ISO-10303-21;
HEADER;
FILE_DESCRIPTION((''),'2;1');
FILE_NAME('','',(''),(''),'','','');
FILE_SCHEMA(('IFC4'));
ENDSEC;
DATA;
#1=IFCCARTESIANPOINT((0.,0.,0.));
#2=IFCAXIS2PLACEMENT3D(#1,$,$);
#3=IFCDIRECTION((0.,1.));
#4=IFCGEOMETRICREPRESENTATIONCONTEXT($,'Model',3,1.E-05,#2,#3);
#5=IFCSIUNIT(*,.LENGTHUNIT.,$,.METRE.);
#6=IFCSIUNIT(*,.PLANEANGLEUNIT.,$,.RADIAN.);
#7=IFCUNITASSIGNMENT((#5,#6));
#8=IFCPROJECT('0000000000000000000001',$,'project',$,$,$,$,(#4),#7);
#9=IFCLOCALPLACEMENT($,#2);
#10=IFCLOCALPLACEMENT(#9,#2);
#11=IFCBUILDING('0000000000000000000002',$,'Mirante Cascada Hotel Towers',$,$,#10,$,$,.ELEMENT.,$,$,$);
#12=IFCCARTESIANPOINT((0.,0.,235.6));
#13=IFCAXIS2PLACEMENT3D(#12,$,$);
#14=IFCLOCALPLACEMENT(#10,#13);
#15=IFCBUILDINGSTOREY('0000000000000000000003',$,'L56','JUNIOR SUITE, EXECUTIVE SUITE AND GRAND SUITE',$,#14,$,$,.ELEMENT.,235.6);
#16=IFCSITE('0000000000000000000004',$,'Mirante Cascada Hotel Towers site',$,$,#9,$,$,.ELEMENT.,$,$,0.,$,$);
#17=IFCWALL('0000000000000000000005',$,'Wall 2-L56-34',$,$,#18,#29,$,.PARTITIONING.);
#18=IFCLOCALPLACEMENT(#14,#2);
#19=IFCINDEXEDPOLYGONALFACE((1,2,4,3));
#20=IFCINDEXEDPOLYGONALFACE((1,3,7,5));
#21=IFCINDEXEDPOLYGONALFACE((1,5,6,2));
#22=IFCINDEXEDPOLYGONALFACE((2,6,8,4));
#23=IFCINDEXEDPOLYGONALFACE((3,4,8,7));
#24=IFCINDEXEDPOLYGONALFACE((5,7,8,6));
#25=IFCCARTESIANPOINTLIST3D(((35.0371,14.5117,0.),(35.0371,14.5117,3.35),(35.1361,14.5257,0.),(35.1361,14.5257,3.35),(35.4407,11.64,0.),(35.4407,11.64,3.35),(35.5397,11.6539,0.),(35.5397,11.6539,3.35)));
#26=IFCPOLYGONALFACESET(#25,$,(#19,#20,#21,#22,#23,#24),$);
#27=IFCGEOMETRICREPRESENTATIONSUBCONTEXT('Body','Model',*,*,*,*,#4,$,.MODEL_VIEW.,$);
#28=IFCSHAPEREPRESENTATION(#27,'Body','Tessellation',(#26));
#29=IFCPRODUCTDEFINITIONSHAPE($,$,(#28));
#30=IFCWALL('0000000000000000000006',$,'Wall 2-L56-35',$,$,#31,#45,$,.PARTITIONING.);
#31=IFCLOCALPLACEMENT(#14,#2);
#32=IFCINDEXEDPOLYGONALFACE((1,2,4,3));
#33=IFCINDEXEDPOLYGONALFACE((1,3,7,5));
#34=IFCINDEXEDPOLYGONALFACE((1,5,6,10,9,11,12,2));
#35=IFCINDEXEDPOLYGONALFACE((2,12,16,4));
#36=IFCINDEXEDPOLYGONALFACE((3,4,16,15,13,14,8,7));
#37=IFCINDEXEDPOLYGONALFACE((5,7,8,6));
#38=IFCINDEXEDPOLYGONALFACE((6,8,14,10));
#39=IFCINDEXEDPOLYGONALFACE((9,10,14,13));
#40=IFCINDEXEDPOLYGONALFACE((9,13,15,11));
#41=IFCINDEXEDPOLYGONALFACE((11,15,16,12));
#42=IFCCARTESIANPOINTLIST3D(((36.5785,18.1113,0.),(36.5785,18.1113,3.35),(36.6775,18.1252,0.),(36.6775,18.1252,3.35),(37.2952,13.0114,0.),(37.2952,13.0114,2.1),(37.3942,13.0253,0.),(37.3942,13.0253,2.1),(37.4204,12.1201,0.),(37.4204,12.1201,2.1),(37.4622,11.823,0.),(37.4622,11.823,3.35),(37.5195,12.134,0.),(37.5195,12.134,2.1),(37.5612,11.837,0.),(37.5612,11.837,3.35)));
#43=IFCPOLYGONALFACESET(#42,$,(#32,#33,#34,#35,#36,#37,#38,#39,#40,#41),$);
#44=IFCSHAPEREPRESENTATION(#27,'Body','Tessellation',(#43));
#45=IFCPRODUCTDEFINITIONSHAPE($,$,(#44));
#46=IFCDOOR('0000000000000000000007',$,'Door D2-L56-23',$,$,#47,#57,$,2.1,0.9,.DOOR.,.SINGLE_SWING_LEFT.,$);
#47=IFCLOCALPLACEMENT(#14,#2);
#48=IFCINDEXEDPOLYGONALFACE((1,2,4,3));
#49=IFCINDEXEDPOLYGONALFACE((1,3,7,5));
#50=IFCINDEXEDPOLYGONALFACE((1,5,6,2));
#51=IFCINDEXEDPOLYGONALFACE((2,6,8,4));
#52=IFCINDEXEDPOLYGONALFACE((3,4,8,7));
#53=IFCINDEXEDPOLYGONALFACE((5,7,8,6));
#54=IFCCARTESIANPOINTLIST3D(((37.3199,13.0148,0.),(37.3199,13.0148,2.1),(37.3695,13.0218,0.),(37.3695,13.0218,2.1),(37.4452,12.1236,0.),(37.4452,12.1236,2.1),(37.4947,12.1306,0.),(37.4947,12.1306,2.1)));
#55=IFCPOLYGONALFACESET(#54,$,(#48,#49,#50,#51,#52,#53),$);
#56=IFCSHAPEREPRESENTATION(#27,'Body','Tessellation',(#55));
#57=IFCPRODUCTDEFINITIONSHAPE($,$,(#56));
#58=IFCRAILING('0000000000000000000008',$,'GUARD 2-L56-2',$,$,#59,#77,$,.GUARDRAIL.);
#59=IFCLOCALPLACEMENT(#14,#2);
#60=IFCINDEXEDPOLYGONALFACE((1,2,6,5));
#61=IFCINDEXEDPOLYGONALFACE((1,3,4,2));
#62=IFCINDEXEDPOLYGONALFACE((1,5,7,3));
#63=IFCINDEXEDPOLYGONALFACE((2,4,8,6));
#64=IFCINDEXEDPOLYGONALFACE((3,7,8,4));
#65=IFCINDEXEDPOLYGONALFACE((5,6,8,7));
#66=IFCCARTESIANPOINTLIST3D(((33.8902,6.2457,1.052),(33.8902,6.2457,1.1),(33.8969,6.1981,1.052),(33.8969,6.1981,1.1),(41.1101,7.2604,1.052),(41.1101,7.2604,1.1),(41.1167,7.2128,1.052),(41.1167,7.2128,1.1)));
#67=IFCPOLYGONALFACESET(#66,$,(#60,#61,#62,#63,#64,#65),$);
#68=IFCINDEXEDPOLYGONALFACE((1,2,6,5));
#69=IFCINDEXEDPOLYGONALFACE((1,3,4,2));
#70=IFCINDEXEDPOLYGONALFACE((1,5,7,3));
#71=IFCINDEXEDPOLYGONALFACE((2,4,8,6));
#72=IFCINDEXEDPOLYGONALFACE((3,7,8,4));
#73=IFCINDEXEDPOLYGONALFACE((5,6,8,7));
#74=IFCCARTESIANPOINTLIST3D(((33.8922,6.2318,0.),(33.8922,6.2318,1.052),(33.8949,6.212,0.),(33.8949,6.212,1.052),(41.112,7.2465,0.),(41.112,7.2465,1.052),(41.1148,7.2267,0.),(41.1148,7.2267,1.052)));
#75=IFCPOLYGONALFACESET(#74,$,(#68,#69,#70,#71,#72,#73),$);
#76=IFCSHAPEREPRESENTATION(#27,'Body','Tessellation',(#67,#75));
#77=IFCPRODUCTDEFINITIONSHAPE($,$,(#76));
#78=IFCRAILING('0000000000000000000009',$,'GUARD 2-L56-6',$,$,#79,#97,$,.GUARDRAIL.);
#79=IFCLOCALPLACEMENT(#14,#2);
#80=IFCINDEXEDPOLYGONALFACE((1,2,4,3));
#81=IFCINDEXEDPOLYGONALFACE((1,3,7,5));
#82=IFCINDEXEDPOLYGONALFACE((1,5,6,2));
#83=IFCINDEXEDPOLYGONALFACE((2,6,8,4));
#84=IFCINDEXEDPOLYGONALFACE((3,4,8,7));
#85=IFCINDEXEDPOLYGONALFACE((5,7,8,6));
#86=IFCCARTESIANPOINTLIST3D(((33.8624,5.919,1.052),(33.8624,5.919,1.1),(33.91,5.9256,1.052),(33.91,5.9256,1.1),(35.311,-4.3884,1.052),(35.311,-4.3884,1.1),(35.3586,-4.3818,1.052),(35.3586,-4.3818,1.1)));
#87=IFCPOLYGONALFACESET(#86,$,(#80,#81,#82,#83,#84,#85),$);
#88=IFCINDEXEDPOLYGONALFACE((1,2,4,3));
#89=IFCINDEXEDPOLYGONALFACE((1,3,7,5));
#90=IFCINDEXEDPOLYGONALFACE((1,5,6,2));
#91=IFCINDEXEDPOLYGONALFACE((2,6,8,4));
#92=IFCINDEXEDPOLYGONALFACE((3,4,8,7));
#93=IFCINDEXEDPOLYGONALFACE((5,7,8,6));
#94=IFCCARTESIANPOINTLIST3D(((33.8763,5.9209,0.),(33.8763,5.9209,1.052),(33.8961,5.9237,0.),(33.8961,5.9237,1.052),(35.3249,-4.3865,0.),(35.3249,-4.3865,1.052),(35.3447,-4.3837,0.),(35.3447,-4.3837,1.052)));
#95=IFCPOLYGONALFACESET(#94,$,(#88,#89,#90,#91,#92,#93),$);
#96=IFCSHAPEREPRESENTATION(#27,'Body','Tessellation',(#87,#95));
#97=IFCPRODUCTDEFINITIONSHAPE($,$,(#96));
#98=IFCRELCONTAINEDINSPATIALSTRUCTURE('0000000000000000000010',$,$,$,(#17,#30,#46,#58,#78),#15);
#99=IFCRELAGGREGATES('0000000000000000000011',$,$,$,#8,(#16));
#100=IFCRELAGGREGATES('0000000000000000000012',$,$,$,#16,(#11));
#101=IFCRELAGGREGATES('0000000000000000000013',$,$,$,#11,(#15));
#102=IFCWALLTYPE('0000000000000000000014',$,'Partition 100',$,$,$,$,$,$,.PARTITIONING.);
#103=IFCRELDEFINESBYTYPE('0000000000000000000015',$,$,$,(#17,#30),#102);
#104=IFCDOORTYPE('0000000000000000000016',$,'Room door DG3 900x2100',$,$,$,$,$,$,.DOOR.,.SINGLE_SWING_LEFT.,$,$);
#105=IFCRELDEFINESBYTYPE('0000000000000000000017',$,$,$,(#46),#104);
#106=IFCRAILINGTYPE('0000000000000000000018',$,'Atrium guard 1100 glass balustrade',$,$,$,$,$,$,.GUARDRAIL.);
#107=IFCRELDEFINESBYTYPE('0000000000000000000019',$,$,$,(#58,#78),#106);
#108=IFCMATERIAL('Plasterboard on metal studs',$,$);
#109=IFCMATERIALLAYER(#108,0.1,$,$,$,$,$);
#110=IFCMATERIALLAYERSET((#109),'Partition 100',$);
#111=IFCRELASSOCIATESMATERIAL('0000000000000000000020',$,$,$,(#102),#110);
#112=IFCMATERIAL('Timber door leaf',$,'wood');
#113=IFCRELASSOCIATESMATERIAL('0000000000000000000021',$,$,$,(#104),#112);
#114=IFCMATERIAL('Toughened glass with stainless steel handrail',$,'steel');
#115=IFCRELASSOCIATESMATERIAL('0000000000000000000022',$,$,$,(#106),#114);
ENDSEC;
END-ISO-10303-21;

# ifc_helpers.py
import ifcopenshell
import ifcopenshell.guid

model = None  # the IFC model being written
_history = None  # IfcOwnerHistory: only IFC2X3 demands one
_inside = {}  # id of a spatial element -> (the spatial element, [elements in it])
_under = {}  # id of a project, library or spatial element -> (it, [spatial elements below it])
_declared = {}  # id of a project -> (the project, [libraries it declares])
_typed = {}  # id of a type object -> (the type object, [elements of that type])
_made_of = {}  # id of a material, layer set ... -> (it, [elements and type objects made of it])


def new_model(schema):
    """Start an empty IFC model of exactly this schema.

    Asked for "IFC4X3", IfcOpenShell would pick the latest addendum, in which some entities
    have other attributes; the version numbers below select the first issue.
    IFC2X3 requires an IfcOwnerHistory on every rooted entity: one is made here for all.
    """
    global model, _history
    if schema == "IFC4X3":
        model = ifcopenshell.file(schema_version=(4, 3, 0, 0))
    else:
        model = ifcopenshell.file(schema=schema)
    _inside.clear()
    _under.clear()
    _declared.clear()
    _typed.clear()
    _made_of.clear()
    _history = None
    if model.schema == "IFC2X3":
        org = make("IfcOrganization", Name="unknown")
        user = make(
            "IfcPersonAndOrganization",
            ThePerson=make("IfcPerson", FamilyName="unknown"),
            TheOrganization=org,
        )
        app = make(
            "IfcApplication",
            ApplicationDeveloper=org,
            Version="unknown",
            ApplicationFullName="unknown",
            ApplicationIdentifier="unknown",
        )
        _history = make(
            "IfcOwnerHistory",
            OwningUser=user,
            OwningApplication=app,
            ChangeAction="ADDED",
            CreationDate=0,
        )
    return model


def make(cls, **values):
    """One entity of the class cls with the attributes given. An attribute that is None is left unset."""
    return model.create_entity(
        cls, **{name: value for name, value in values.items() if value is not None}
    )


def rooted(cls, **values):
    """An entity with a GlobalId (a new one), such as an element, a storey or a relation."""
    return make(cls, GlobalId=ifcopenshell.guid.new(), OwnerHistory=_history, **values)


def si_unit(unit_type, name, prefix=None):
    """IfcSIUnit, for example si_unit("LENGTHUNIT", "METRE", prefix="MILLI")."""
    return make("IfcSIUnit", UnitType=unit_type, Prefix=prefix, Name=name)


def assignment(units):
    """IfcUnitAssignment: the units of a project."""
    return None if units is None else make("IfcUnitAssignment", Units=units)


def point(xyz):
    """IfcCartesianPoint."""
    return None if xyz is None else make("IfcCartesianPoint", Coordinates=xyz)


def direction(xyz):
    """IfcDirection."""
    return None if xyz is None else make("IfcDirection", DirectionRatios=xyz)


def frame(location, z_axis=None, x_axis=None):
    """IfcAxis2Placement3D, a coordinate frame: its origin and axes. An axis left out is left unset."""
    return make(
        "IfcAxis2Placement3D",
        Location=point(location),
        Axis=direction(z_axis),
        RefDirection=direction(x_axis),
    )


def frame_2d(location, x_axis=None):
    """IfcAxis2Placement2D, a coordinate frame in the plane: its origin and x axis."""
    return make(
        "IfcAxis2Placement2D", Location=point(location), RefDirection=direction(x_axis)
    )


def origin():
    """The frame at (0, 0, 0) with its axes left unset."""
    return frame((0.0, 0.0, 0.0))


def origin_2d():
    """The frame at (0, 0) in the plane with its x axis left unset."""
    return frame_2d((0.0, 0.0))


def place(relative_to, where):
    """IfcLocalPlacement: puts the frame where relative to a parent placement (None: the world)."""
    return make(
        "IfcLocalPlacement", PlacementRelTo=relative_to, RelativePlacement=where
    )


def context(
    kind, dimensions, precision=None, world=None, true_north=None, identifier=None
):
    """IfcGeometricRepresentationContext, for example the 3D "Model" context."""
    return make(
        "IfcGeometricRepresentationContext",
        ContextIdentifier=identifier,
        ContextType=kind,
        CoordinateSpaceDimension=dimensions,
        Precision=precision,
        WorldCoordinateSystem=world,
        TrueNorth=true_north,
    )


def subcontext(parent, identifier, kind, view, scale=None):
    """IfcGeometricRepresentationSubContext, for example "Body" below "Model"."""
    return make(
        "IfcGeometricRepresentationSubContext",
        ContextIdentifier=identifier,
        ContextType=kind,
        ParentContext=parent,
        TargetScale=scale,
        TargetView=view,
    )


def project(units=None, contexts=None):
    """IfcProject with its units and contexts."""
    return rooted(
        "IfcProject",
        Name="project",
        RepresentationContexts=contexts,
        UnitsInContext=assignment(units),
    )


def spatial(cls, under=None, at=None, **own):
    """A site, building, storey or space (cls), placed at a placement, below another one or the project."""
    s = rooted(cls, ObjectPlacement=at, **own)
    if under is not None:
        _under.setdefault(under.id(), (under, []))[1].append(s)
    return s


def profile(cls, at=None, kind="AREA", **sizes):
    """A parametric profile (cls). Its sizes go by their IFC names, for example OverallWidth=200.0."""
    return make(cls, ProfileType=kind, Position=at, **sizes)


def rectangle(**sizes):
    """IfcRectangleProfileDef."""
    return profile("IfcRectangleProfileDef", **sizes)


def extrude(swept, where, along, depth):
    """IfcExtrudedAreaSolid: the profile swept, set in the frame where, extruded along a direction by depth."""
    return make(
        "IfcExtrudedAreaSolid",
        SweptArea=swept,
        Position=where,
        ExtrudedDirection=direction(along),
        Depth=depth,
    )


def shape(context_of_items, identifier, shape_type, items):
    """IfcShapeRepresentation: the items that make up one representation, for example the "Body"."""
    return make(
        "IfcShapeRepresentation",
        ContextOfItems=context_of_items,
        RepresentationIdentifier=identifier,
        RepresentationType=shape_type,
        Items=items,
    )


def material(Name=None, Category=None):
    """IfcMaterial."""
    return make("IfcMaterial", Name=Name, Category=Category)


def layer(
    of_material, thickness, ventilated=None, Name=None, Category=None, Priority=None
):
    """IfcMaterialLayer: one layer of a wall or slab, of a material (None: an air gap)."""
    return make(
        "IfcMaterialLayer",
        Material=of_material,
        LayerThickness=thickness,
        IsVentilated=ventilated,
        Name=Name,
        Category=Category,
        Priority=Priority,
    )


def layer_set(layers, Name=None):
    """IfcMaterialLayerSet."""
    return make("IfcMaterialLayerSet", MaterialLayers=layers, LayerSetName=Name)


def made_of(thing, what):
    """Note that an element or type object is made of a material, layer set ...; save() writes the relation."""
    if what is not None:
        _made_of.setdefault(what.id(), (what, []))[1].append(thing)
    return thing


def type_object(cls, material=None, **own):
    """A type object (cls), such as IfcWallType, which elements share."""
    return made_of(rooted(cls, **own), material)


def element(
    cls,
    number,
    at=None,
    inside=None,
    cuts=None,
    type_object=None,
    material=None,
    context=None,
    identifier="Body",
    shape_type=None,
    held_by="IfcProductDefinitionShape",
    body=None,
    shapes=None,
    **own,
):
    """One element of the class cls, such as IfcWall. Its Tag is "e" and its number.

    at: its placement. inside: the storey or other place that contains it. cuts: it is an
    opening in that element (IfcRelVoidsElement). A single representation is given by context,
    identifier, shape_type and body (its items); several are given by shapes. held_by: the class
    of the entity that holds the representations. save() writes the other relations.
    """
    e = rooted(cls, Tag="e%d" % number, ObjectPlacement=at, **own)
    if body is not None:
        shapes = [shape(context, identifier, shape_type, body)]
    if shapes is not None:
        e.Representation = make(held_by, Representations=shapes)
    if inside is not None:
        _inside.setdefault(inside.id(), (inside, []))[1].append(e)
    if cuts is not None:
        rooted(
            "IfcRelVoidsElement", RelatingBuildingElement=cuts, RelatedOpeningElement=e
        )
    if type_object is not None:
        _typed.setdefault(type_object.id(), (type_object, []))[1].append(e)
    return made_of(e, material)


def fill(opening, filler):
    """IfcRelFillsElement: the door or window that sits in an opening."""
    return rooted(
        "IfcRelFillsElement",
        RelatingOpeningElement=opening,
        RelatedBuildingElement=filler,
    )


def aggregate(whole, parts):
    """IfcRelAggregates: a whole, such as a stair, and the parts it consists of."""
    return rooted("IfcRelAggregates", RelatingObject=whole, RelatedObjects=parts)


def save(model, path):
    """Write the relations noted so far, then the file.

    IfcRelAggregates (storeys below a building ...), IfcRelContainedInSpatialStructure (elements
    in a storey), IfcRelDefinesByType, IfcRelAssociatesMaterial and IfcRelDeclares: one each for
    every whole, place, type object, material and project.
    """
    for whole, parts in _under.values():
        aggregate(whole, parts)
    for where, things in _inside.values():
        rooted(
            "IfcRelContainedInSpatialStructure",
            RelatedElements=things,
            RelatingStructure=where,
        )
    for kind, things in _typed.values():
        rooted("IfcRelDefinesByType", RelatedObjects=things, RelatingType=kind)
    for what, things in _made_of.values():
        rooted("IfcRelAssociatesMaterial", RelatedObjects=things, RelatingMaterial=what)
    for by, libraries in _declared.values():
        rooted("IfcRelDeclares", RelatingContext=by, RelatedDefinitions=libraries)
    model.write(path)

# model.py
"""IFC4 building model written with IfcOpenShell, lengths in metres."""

from ifc_helpers import new_model, si_unit, direction, frame, frame_2d, origin, origin_2d, place, context, subcontext, project, spatial, rectangle, extrude, material, layer, layer_set, type_object, element, fill, save


model = new_model("IFC4")

# Units and contexts
model_context = context("Model", 3, precision=1e-05, world=origin(), true_north=direction((0.0, 1.0)))
body_context = subcontext(model_context, "Body", "Model", "MODEL_VIEW")
ifc_project = project(units=[si_unit("LENGTHUNIT", "METRE"), si_unit("PLANEANGLEUNIT", "RADIAN")], contexts=[model_context])

# Site, building, storey
site_placement = place(None, origin())
site = spatial("IfcSite", under=ifc_project, at=site_placement, Name="Mirante Cascada Hotel Towers site", CompositionType="ELEMENT", RefElevation=0.0)
building_placement = place(site_placement, origin())
building = spatial("IfcBuilding", under=site, at=building_placement, Name="Mirante Cascada Hotel Towers", CompositionType="ELEMENT")
storey_placement = place(building_placement, frame((0.0, 0.0, 235.6)))
storey = spatial("IfcBuildingStorey", under=building, at=storey_placement, Name="L56", Description="JUNIOR SUITE, EXECUTIVE SUITE AND GRAND SUITE", CompositionType="ELEMENT", Elevation=235.6)

# Shared definitions
ifc_material_1 = material(Name="Plasterboard on metal studs")
ifc_layer_1 = layer(ifc_material_1, 0.1)
ifc_layer_set_1 = layer_set([ifc_layer_1], Name="Partition 100")
wall_type_1 = type_object("IfcWallType", Name="Partition 100", PredefinedType="PARTITIONING", material=ifc_layer_set_1)

# Shared definitions
ifc_material_2 = material(Name="Timber door leaf", Category="wood")
door_type_1 = type_object("IfcDoorType", Name="Room door DG3 900x2100", OperationType="SINGLE_SWING_LEFT", PredefinedType="DOOR", material=ifc_material_2)

# Wall
wall_1_placement = place(storey_placement, frame((35.0866, 14.5187, 0.0), z_axis=(0.0, 0.0, 1.0), x_axis=(0.139171, -0.990268, 0.0)))
element("IfcWall", 1, at=wall_1_placement, inside=storey, type_object=wall_type_1, Name="Wall 2-L56-34", PredefinedType="PARTITIONING", context=body_context, shape_type="SweptSolid", body=[
    extrude(rectangle(XDim=2.9, YDim=0.1, at=frame_2d((1.45, 0.0))), origin(), (0.0, 0.0, 1.0), 3.35),
])

# Wall, opening, door
wall_2_placement = place(storey_placement, frame((37.5117, 11.83, 0.0), z_axis=(0.0, 0.0, 1.0), x_axis=(-0.139166, 0.990269, 0.0)))
wall_2 = element("IfcWall", 2, at=wall_2_placement, inside=storey, type_object=wall_type_1, Name="Wall 2-L56-35", PredefinedType="PARTITIONING", context=body_context, shape_type="SweptSolid", body=[
    extrude(rectangle(XDim=6.35, YDim=0.1, at=frame_2d((3.175, 0.0))), origin(), (0.0, 0.0, 1.0), 3.35),
])
opening_1_placement = place(wall_2_placement, frame((0.3, 0.0, 0.0)))
opening_1 = element("IfcOpeningElement", 3, at=opening_1_placement, cuts=wall_2, PredefinedType="OPENING", context=body_context, shape_type="SweptSolid", body=[
    extrude(rectangle(XDim=0.9, YDim=2.1, at=frame_2d((0.45, 1.05))), frame((0.0, 0.05, 0.0), z_axis=(0.0, -1.0, 0.0), x_axis=(1.0, 0.0, 0.0)), (0.0, 0.0, 1.0), 0.1),
])
door_1_placement = place(opening_1_placement, origin())
door_1 = element("IfcDoor", 4, at=door_1_placement, inside=storey, type_object=door_type_1, Name="Door D2-L56-23", OperationType="SINGLE_SWING_LEFT", OverallHeight=2.1, OverallWidth=0.9, PredefinedType="DOOR", context=body_context, shape_type="SweptSolid", body=[
    extrude(rectangle(XDim=0.9, YDim=2.1, at=frame_2d((0.45, 1.05))), frame((0.0, 0.025, 0.0), z_axis=(0.0, -1.0, 0.0), x_axis=(1.0, 0.0, 0.0)), (0.0, 0.0, 1.0), 0.05),
])
fill(opening_1, door_1)

# Railings
ifc_material_3 = material(Name="Toughened glass with stainless steel handrail", Category="steel")
railing_type = type_object("IfcRailingType", Name="Atrium guard 1100 glass balustrade", PredefinedType="GUARDRAIL", material=ifc_material_3)
railing_1_placement = place(storey_placement, frame((41.1134, 7.2366, 0.0)))
element("IfcRailing", 5, at=railing_1_placement, inside=storey, type_object=railing_type, Name="GUARD 2-L56-2", PredefinedType="GUARDRAIL", context=body_context, shape_type="SweptSolid", body=[
    extrude(rectangle(XDim=0.048, YDim=0.048, at=origin_2d()), frame((0.0, 0.0, 1.076), z_axis=(-0.990268, -0.139176, 0.0), x_axis=(0.139176, -0.990268, 0.0)), (0.0, 0.0, 1.0), 7.2908),
    extrude(rectangle(XDim=0.02, YDim=1.052, at=origin_2d()), frame((0.0, 0.0, 0.526), z_axis=(-0.990268, -0.139176, 0.0), x_axis=(0.139176, -0.990268, 0.0)), (0.0, 0.0, 1.0), 7.2908),
])
railing_2_placement = place(storey_placement, frame((33.8862, 5.9223, 0.0)))
element("IfcRailing", 6, at=railing_2_placement, inside=storey, type_object=railing_type, Name="GUARD 2-L56-6", PredefinedType="GUARDRAIL", context=body_context, shape_type="SweptSolid", body=[
    extrude(rectangle(XDim=0.048, YDim=0.048, at=origin_2d()), frame((0.0, 0.0, 1.076), z_axis=(0.139172, -0.990268, 0.0), x_axis=(0.990268, 0.139172, 0.0)), (0.0, 0.0, 1.0), 10.4087),
    extrude(rectangle(XDim=0.02, YDim=1.052, at=origin_2d()), frame((0.0, 0.0, 0.526), z_axis=(0.139172, -0.990268, 0.0), x_axis=(0.990268, 0.139172, 0.0)), (0.0, 0.0, 1.0), 10.4087),
])

save(model, "model.ifc")
